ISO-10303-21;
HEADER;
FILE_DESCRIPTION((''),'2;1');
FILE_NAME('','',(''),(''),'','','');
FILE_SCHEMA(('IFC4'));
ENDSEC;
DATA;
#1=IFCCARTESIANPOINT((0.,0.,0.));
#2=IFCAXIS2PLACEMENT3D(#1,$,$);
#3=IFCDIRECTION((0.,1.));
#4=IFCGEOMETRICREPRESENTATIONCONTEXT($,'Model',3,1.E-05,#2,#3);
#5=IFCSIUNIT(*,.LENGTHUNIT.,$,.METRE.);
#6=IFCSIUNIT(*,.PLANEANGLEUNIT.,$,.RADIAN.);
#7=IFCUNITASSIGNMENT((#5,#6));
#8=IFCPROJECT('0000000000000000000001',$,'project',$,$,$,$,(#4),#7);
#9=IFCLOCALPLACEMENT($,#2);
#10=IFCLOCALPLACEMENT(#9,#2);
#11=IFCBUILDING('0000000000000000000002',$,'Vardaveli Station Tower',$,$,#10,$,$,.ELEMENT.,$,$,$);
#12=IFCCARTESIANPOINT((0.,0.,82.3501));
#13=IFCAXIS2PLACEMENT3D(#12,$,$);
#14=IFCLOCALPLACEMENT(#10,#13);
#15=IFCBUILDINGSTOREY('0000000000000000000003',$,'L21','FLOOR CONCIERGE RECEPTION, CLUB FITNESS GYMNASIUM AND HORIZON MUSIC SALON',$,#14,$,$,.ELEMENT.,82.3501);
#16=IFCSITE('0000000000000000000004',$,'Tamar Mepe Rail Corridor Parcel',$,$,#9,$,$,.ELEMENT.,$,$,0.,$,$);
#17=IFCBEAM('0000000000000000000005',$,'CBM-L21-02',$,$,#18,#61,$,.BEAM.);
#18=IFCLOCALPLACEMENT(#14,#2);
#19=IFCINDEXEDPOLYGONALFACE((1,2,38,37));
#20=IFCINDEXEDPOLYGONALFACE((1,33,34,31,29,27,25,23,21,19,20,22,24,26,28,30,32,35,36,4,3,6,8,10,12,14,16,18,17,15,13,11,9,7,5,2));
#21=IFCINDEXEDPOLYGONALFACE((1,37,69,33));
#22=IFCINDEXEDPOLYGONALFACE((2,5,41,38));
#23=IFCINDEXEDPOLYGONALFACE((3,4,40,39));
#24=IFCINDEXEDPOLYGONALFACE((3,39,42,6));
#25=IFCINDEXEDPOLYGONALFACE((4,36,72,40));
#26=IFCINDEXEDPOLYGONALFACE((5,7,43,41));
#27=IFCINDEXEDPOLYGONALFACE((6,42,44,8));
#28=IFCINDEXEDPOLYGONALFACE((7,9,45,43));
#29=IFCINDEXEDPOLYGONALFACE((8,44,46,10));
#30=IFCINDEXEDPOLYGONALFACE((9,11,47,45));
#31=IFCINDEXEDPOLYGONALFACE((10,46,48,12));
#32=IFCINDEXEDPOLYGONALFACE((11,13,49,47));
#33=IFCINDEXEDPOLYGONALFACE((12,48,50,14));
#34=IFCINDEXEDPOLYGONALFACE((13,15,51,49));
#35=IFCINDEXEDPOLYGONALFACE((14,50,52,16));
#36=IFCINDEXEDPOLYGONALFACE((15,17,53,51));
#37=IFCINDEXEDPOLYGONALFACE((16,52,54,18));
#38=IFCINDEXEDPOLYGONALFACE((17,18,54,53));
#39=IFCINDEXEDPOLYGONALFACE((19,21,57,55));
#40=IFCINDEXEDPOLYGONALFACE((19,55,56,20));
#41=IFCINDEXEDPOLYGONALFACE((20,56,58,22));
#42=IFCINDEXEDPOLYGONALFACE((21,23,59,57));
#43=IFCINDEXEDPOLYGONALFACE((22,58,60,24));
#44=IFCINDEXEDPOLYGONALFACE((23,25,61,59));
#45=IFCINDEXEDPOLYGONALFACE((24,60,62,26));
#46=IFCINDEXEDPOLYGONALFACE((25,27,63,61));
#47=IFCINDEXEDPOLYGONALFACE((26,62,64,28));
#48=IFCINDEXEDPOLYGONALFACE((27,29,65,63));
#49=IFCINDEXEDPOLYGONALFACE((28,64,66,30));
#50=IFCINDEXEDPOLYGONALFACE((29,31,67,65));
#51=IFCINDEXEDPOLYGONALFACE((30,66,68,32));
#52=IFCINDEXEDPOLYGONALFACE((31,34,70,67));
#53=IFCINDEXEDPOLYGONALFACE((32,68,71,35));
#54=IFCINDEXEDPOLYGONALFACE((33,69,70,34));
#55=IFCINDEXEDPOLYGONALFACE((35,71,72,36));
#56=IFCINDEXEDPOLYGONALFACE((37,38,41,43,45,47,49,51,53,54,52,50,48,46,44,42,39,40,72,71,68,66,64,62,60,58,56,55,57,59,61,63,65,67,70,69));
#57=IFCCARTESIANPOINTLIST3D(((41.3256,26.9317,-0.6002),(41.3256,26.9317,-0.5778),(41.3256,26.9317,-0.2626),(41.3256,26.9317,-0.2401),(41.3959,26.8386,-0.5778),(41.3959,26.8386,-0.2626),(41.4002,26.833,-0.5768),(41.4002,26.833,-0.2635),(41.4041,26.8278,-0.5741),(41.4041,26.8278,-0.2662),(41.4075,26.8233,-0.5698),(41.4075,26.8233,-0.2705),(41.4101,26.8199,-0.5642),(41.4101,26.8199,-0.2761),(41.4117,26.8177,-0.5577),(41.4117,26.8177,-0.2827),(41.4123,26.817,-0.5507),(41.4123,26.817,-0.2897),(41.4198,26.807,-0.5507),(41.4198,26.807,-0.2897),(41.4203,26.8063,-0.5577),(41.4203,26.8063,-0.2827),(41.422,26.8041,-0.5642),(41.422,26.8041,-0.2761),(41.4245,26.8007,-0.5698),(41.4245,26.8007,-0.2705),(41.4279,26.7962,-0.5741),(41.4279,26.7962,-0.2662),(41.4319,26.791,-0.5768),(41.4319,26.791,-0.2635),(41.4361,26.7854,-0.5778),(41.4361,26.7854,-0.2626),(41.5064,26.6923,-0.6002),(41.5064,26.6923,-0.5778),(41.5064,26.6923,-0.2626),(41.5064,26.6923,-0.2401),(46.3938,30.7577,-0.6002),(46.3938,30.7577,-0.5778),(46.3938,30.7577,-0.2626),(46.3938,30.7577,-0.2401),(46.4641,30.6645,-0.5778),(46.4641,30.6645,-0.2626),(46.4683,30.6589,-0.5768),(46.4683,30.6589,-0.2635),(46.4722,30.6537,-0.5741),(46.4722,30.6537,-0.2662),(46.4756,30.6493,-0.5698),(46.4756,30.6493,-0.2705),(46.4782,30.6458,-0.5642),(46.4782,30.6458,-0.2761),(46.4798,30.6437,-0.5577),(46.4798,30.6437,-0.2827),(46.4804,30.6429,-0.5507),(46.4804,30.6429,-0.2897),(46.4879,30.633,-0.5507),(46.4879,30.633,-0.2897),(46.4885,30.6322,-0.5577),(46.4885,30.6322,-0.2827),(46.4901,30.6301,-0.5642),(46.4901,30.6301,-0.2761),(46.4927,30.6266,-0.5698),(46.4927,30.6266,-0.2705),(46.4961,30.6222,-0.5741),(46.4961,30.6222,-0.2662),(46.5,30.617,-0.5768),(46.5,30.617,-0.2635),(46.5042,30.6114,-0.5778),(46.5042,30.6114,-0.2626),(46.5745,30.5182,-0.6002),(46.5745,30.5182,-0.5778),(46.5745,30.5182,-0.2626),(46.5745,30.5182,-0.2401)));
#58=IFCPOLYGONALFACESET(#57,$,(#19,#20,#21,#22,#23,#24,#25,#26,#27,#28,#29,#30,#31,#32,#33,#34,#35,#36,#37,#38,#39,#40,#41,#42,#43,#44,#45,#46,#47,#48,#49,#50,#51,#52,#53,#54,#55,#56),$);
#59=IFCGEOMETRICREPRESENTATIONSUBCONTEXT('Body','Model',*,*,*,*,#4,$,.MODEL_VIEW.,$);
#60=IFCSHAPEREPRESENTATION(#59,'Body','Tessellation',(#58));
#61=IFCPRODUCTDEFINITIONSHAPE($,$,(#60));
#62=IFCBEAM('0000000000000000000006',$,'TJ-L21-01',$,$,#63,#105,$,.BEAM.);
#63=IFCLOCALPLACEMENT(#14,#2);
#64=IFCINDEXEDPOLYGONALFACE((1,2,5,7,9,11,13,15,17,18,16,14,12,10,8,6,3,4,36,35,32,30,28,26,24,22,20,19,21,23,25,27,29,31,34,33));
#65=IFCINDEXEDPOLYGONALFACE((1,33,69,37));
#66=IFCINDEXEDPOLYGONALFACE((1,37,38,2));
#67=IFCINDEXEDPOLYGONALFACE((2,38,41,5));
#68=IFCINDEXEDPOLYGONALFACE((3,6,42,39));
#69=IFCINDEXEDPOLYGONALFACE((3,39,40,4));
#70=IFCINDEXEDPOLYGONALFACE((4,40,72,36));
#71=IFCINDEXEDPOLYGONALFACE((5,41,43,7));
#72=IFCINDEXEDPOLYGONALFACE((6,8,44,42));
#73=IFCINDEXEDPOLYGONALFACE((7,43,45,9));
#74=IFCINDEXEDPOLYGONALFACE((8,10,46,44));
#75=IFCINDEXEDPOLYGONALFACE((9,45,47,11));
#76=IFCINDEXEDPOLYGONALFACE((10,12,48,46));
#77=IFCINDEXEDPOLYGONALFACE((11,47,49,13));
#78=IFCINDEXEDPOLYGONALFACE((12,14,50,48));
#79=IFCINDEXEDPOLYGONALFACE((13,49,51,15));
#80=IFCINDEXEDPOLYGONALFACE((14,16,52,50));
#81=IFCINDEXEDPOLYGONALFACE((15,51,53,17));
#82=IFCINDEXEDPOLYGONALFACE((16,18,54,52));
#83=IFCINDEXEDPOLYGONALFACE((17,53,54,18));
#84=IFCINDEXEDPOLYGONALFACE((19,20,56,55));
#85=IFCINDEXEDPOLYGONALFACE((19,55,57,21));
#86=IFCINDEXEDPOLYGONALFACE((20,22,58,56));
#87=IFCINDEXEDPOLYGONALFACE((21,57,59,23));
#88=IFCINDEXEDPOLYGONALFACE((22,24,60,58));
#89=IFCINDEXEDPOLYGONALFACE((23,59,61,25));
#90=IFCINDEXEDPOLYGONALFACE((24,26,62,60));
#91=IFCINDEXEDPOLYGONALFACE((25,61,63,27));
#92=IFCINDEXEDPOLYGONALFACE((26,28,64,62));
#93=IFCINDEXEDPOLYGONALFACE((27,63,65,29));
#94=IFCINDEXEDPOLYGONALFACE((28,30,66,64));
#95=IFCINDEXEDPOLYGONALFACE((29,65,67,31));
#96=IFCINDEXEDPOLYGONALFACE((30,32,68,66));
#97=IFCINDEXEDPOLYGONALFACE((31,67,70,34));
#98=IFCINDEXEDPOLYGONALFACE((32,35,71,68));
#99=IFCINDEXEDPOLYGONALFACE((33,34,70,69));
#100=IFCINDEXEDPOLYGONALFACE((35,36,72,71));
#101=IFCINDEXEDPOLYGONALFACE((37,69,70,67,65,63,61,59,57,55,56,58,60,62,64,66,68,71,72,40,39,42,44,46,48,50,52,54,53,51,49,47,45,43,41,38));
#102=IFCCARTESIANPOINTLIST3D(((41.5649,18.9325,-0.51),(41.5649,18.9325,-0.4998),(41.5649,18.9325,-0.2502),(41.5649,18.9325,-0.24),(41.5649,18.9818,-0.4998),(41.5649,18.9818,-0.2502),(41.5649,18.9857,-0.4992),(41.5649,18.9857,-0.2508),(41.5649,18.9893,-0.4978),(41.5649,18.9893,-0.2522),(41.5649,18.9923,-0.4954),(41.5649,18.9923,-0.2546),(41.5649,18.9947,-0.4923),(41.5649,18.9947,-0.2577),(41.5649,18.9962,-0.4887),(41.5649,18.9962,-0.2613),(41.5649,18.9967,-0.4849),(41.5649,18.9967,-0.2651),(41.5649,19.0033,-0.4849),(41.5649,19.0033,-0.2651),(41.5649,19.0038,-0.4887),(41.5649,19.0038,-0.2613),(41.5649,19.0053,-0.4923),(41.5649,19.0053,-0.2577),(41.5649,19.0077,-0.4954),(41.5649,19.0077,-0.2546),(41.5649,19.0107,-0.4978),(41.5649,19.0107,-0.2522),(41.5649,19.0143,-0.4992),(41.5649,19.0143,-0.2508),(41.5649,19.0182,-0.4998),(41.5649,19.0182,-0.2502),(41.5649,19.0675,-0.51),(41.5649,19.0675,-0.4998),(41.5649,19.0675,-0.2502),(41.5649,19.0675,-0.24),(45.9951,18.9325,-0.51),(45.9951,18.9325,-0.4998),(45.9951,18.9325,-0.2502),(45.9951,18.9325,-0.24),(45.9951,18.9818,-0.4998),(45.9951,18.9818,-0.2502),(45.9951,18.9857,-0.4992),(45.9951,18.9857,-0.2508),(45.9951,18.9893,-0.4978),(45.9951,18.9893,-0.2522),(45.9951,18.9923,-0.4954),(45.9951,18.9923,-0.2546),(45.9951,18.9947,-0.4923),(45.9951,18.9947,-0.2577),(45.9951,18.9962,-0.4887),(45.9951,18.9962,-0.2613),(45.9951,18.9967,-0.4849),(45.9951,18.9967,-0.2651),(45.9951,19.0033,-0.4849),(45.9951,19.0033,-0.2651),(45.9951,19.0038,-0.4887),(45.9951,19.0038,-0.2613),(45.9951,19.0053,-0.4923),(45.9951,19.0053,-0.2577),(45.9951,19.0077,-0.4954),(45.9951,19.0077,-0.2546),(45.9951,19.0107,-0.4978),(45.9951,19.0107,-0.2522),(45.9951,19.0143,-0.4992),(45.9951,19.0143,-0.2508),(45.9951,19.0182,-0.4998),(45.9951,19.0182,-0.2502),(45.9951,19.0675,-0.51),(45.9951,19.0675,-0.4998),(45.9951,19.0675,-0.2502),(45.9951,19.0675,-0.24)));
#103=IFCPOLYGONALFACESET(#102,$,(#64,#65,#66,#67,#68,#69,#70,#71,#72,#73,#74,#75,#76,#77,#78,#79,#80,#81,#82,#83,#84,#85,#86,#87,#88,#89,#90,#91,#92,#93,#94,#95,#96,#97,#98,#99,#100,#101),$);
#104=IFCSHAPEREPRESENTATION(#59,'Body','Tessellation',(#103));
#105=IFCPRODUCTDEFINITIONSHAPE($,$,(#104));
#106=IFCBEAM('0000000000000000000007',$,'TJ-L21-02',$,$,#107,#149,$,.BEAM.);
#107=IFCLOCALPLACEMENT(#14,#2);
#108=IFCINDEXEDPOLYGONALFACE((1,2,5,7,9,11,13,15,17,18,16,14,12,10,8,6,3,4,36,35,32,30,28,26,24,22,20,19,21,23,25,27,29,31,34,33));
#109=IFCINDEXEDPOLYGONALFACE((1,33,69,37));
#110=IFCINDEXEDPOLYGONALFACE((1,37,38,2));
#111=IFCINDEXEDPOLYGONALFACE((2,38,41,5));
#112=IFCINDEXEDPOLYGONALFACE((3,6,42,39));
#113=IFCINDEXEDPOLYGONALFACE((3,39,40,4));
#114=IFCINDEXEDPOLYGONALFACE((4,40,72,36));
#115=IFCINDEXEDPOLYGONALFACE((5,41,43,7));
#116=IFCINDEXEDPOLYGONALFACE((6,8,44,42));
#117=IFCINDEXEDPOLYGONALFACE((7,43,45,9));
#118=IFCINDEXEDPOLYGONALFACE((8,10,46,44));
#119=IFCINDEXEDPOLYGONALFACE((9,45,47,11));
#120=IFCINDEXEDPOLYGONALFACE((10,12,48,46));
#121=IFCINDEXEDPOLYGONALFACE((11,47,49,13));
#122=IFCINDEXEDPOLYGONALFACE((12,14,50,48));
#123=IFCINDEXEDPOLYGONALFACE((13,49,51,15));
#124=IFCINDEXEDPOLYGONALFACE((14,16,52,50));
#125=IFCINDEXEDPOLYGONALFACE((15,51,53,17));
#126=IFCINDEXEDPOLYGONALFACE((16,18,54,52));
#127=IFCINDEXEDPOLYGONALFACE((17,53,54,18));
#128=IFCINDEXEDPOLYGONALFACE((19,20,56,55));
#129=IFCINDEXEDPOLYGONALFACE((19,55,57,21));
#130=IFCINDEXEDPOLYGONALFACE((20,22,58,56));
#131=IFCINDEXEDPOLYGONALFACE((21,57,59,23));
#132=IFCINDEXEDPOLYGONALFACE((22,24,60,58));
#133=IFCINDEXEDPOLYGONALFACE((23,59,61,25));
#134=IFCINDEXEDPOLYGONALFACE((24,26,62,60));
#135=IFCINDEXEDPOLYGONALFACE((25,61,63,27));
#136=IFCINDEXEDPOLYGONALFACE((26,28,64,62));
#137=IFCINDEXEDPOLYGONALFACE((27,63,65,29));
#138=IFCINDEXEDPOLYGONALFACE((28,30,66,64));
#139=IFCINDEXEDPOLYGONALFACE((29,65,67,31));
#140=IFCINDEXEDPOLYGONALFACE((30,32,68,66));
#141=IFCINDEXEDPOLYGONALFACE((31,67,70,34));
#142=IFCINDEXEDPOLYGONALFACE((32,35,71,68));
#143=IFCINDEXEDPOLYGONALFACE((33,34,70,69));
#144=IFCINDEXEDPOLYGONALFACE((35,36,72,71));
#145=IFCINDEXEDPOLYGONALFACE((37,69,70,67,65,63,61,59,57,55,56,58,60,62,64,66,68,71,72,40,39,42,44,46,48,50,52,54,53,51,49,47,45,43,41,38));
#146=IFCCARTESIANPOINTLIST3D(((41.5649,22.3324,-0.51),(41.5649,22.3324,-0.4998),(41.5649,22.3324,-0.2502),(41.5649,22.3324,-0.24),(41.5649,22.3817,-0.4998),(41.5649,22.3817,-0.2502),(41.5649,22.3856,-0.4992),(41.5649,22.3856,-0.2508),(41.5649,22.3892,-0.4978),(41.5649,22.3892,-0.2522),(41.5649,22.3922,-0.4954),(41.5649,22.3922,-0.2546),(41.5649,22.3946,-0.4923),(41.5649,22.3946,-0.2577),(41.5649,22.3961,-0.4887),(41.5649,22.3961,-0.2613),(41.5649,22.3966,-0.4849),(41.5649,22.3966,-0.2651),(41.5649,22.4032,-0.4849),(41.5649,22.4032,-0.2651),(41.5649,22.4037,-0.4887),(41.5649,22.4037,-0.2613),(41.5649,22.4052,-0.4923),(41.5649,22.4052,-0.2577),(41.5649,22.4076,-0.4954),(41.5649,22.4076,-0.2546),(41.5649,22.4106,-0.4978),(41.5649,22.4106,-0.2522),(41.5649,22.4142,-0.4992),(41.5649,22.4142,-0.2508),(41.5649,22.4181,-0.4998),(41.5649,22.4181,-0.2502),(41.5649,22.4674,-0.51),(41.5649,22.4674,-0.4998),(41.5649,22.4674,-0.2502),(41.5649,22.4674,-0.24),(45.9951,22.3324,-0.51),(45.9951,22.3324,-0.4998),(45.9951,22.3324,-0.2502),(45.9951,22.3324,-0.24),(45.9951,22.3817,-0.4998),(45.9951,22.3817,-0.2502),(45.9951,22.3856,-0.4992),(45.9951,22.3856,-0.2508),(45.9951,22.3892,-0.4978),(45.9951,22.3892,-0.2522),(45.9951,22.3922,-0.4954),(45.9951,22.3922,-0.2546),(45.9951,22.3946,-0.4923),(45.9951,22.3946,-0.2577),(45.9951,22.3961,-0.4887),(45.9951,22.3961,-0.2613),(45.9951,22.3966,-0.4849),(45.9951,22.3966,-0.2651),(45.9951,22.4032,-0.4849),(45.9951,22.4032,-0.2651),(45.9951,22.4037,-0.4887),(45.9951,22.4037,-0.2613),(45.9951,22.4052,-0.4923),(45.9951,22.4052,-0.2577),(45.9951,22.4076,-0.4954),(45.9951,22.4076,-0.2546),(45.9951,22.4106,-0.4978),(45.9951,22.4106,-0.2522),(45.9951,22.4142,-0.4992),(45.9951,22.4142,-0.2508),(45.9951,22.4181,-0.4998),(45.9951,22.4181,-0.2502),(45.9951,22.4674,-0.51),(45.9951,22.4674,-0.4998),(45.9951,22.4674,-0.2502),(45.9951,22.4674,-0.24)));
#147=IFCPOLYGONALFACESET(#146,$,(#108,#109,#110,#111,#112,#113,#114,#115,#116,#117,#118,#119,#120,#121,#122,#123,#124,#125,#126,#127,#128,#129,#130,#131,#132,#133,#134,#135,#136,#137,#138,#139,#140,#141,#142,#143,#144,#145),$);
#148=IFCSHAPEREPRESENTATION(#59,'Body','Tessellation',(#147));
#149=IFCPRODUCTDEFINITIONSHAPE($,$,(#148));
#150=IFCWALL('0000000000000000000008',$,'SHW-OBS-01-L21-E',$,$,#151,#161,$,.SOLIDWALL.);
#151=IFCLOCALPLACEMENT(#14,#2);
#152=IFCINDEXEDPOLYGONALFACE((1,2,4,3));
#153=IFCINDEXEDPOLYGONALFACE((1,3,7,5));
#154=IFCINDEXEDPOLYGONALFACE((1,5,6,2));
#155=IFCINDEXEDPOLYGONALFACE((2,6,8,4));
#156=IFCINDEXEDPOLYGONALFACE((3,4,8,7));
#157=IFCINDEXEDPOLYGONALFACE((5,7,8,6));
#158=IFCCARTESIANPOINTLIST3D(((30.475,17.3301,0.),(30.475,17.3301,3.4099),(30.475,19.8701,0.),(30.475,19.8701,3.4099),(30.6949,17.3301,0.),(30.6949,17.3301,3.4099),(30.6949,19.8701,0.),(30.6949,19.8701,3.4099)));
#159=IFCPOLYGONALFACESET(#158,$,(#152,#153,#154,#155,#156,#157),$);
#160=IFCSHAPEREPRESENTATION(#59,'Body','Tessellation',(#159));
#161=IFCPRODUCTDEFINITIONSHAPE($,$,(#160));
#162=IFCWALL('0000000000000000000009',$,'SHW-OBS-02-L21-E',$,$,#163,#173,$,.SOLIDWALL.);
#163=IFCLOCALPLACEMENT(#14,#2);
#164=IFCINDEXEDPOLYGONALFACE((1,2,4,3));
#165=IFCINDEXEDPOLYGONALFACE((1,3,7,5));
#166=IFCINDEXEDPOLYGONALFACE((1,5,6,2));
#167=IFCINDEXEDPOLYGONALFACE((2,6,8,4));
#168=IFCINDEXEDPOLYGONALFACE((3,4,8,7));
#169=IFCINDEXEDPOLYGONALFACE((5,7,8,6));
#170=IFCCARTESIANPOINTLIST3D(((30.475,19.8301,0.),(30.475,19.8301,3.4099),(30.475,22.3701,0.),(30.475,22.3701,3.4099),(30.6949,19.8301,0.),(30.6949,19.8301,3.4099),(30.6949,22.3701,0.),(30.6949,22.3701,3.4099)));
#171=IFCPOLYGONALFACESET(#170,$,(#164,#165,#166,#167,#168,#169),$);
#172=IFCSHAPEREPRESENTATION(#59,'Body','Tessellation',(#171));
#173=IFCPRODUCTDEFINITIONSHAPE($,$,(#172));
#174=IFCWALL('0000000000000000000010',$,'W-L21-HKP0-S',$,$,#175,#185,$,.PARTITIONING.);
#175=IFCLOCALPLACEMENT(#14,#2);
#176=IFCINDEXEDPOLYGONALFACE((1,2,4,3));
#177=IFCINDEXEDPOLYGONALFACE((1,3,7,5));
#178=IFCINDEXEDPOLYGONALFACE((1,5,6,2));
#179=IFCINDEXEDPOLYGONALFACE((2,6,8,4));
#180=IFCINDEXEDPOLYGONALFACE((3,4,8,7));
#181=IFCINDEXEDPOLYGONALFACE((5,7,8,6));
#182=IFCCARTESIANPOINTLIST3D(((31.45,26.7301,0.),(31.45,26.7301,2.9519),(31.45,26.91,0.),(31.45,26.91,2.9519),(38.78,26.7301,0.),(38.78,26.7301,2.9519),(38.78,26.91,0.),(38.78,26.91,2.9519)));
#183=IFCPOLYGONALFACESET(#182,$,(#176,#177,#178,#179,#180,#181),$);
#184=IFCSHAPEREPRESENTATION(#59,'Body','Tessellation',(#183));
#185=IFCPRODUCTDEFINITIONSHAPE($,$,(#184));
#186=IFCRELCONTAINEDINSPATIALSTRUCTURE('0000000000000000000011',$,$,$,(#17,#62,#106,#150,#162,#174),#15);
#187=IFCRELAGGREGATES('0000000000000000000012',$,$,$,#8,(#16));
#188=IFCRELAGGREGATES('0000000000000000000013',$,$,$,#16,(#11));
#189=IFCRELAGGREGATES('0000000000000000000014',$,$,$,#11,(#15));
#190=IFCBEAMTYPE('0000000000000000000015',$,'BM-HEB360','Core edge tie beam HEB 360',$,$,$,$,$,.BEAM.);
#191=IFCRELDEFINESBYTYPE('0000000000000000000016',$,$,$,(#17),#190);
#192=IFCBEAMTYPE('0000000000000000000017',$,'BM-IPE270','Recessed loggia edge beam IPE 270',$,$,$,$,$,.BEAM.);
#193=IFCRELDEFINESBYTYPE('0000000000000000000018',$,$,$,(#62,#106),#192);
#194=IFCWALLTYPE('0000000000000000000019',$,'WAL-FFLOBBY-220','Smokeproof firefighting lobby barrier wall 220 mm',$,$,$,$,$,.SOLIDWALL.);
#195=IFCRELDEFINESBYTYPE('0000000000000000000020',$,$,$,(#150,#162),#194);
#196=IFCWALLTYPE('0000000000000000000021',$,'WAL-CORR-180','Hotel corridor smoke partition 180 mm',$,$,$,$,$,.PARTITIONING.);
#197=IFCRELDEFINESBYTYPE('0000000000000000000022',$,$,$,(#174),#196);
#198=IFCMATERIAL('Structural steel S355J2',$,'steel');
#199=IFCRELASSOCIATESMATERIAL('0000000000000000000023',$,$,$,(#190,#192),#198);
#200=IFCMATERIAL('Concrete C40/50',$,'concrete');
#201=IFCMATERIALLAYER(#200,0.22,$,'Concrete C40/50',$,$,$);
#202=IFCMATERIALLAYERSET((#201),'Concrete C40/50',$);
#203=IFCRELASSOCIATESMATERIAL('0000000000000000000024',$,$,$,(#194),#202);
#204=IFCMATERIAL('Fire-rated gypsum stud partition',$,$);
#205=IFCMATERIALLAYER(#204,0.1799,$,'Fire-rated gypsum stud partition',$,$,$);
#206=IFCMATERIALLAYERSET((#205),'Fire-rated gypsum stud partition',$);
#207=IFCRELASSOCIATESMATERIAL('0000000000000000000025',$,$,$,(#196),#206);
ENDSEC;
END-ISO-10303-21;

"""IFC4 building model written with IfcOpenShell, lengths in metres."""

from ifc_helpers import new_model, si_unit, direction, frame, frame_2d, origin, origin_2d, place, context, subcontext, project, spatial, rectangle, i_section, extrude, source, transform, mapped, material, layer, layer_set, material_profile, profile_set, type_object, element, save


model = new_model("IFC4")

# Units and contexts
model_context = context("Model", 3, precision=1e-05, world=origin(), true_north=direction((0.0, 1.0)))
body_context = subcontext(model_context, "Body", "Model", "MODEL_VIEW")
ifc_project = project(units=[si_unit("LENGTHUNIT", "METRE"), si_unit("PLANEANGLEUNIT", "RADIAN")], contexts=[model_context])

# Site, building, storey
site_placement = place(None, origin())
site = spatial("IfcSite", under=ifc_project, at=site_placement, Name="Tamar Mepe Rail Corridor Parcel", CompositionType="ELEMENT", RefElevation=0.0)
building_placement = place(site_placement, origin())
building = spatial("IfcBuilding", under=site, at=building_placement, Name="Vardaveli Station Tower", CompositionType="ELEMENT")
storey_placement = place(building_placement, frame((0.0, 0.0, 82.3501)))
storey = spatial("IfcBuildingStorey", under=building, at=storey_placement, Name="L21", Description="FLOOR CONCIERGE RECEPTION, CLUB FITNESS GYMNASIUM AND HORIZON MUSIC SALON", CompositionType="ELEMENT", Elevation=82.3501)

# Beams
ifc_material_1 = material(Name="Structural steel S355J2", Category="steel")
ifc_material_profile_1 = material_profile(ifc_material_1, i_section(OverallWidth=0.3, OverallDepth=0.3601, WebThickness=0.0125, FlangeThickness=0.0225, FilletRadius=0.0271, at=origin_2d()), Name="HEB 360")
ifc_profile_set_1 = profile_set([ifc_material_profile_1], Name="Structural steel S355J2")
beam_type_1 = type_object("IfcBeamType", Name="BM-HEB360", Description="Core edge tie beam HEB 360", PredefinedType="BEAM", material=ifc_profile_set_1)
shared_shape_1 = source(origin(), body_context, "Body", "SweptSolid", [
    extrude(i_section(OverallWidth=0.3, OverallDepth=0.3601, WebThickness=0.0125, FlangeThickness=0.0225, FilletRadius=0.0271, at=origin_2d()), origin(), (0.0, 0.0, 1.0), 6.3501),
])
beam_1_placement = place(storey_placement, frame((41.416, 26.812, -0.4202), z_axis=(0.798118, 0.602501, 0.0), x_axis=(-0.602501, 0.798118, 0.0)))
element("IfcBeam", 1, at=beam_1_placement, inside=storey, type_object=beam_type_1, Name="CBM-L21-02", PredefinedType="BEAM", context=body_context, shape_type="MappedRepresentation", body=[
    mapped(shared_shape_1, transform((0.0, 0.0, 0.0), scale=1.0)),
])
ifc_material_profile_2 = material_profile(ifc_material_1, i_section(OverallWidth=0.135, OverallDepth=0.27, WebThickness=0.0066, FlangeThickness=0.0103, FilletRadius=0.0149, at=origin_2d()), Name="IPE 270")
ifc_profile_set_2 = profile_set([ifc_material_profile_2], Name="Structural steel S355J2")
beam_type_2 = type_object("IfcBeamType", Name="BM-IPE270", Description="Recessed loggia edge beam IPE 270", PredefinedType="BEAM", material=ifc_profile_set_2)
shared_shape_2 = source(origin(), body_context, "Body", "SweptSolid", [
    extrude(i_section(OverallWidth=0.135, OverallDepth=0.27, WebThickness=0.0066, FlangeThickness=0.0103, FilletRadius=0.0149, at=origin_2d()), origin(), (0.0, 0.0, 1.0), 4.4302),
])
for number, where, z_axis, x_axis, name in (
    (2, (41.5649, 19.0, -0.375), (1.0, 0.0, 0.0), (0.0, 1.0, 0.0), "TJ-L21-01"),
    (3, (41.5649, 22.3999, -0.375), (1.0, 0.0, 0.0), (0.0, 1.0, 0.0), "TJ-L21-02"),
):
    element("IfcBeam", number, at=place(storey_placement, frame(where, z_axis=z_axis, x_axis=x_axis)), inside=storey, type_object=beam_type_2, Name=name, PredefinedType="BEAM", context=body_context, shape_type="MappedRepresentation", body=[
        mapped(shared_shape_2, transform((0.0, 0.0, 0.0), scale=1.0)),
    ])

# Walls
ifc_material_2 = material(Name="Concrete C40/50", Category="concrete")
ifc_layer_1 = layer(ifc_material_2, 0.22, Name="Concrete C40/50")
ifc_layer_set_1 = layer_set([ifc_layer_1], Name="Concrete C40/50")
wall_type_1 = type_object("IfcWallType", Name="WAL-FFLOBBY-220", Description="Smokeproof firefighting lobby barrier wall 220 mm", PredefinedType="SOLIDWALL", material=ifc_layer_set_1)
shared_shape_3 = source(origin(), body_context, "Body", "SweptSolid", [
    extrude(rectangle(XDim=2.54, YDim=0.22, at=frame_2d((1.27, 0.0))), origin(), (0.0, 0.0, 1.0), 3.4099),
])
for number, where, z_axis, x_axis, name in (
    (4, (30.585, 17.3301, 0.0), (0.0, 0.0, 1.0), (0.0, 1.0, 0.0), "SHW-OBS-01-L21-E"),
    (5, (30.585, 19.8301, 0.0), (0.0, 0.0, 1.0), (0.0, 1.0, 0.0), "SHW-OBS-02-L21-E"),
):
    element("IfcWall", number, at=place(storey_placement, frame(where, z_axis=z_axis, x_axis=x_axis)), inside=storey, type_object=wall_type_1, Name=name, PredefinedType="SOLIDWALL", context=body_context, shape_type="MappedRepresentation", body=[
        mapped(shared_shape_3, transform((0.0, 0.0, 0.0), scale=1.0)),
    ])
ifc_material_3 = material(Name="Fire-rated gypsum stud partition")
ifc_layer_2 = layer(ifc_material_3, 0.1799, Name="Fire-rated gypsum stud partition")
ifc_layer_set_2 = layer_set([ifc_layer_2], Name="Fire-rated gypsum stud partition")
wall_type_2 = type_object("IfcWallType", Name="WAL-CORR-180", Description="Hotel corridor smoke partition 180 mm", PredefinedType="PARTITIONING", material=ifc_layer_set_2)
shared_shape_4 = source(origin(), body_context, "Body", "SweptSolid", [
    extrude(rectangle(XDim=7.3301, YDim=0.1799, at=frame_2d((3.665, 0.0))), origin(), (0.0, 0.0, 1.0), 2.9519),
])
wall_1_placement = place(storey_placement, frame((31.45, 26.8201, 0.0), z_axis=(0.0, 0.0, 1.0), x_axis=(1.0, 0.0, 0.0)))
element("IfcWall", 6, at=wall_1_placement, inside=storey, type_object=wall_type_2, Name="W-L21-HKP0-S", PredefinedType="PARTITIONING", context=body_context, shape_type="MappedRepresentation", body=[
    mapped(shared_shape_4, transform((0.0, 0.0, 0.0), scale=1.0)),
])

save(model, "model.ifc")
